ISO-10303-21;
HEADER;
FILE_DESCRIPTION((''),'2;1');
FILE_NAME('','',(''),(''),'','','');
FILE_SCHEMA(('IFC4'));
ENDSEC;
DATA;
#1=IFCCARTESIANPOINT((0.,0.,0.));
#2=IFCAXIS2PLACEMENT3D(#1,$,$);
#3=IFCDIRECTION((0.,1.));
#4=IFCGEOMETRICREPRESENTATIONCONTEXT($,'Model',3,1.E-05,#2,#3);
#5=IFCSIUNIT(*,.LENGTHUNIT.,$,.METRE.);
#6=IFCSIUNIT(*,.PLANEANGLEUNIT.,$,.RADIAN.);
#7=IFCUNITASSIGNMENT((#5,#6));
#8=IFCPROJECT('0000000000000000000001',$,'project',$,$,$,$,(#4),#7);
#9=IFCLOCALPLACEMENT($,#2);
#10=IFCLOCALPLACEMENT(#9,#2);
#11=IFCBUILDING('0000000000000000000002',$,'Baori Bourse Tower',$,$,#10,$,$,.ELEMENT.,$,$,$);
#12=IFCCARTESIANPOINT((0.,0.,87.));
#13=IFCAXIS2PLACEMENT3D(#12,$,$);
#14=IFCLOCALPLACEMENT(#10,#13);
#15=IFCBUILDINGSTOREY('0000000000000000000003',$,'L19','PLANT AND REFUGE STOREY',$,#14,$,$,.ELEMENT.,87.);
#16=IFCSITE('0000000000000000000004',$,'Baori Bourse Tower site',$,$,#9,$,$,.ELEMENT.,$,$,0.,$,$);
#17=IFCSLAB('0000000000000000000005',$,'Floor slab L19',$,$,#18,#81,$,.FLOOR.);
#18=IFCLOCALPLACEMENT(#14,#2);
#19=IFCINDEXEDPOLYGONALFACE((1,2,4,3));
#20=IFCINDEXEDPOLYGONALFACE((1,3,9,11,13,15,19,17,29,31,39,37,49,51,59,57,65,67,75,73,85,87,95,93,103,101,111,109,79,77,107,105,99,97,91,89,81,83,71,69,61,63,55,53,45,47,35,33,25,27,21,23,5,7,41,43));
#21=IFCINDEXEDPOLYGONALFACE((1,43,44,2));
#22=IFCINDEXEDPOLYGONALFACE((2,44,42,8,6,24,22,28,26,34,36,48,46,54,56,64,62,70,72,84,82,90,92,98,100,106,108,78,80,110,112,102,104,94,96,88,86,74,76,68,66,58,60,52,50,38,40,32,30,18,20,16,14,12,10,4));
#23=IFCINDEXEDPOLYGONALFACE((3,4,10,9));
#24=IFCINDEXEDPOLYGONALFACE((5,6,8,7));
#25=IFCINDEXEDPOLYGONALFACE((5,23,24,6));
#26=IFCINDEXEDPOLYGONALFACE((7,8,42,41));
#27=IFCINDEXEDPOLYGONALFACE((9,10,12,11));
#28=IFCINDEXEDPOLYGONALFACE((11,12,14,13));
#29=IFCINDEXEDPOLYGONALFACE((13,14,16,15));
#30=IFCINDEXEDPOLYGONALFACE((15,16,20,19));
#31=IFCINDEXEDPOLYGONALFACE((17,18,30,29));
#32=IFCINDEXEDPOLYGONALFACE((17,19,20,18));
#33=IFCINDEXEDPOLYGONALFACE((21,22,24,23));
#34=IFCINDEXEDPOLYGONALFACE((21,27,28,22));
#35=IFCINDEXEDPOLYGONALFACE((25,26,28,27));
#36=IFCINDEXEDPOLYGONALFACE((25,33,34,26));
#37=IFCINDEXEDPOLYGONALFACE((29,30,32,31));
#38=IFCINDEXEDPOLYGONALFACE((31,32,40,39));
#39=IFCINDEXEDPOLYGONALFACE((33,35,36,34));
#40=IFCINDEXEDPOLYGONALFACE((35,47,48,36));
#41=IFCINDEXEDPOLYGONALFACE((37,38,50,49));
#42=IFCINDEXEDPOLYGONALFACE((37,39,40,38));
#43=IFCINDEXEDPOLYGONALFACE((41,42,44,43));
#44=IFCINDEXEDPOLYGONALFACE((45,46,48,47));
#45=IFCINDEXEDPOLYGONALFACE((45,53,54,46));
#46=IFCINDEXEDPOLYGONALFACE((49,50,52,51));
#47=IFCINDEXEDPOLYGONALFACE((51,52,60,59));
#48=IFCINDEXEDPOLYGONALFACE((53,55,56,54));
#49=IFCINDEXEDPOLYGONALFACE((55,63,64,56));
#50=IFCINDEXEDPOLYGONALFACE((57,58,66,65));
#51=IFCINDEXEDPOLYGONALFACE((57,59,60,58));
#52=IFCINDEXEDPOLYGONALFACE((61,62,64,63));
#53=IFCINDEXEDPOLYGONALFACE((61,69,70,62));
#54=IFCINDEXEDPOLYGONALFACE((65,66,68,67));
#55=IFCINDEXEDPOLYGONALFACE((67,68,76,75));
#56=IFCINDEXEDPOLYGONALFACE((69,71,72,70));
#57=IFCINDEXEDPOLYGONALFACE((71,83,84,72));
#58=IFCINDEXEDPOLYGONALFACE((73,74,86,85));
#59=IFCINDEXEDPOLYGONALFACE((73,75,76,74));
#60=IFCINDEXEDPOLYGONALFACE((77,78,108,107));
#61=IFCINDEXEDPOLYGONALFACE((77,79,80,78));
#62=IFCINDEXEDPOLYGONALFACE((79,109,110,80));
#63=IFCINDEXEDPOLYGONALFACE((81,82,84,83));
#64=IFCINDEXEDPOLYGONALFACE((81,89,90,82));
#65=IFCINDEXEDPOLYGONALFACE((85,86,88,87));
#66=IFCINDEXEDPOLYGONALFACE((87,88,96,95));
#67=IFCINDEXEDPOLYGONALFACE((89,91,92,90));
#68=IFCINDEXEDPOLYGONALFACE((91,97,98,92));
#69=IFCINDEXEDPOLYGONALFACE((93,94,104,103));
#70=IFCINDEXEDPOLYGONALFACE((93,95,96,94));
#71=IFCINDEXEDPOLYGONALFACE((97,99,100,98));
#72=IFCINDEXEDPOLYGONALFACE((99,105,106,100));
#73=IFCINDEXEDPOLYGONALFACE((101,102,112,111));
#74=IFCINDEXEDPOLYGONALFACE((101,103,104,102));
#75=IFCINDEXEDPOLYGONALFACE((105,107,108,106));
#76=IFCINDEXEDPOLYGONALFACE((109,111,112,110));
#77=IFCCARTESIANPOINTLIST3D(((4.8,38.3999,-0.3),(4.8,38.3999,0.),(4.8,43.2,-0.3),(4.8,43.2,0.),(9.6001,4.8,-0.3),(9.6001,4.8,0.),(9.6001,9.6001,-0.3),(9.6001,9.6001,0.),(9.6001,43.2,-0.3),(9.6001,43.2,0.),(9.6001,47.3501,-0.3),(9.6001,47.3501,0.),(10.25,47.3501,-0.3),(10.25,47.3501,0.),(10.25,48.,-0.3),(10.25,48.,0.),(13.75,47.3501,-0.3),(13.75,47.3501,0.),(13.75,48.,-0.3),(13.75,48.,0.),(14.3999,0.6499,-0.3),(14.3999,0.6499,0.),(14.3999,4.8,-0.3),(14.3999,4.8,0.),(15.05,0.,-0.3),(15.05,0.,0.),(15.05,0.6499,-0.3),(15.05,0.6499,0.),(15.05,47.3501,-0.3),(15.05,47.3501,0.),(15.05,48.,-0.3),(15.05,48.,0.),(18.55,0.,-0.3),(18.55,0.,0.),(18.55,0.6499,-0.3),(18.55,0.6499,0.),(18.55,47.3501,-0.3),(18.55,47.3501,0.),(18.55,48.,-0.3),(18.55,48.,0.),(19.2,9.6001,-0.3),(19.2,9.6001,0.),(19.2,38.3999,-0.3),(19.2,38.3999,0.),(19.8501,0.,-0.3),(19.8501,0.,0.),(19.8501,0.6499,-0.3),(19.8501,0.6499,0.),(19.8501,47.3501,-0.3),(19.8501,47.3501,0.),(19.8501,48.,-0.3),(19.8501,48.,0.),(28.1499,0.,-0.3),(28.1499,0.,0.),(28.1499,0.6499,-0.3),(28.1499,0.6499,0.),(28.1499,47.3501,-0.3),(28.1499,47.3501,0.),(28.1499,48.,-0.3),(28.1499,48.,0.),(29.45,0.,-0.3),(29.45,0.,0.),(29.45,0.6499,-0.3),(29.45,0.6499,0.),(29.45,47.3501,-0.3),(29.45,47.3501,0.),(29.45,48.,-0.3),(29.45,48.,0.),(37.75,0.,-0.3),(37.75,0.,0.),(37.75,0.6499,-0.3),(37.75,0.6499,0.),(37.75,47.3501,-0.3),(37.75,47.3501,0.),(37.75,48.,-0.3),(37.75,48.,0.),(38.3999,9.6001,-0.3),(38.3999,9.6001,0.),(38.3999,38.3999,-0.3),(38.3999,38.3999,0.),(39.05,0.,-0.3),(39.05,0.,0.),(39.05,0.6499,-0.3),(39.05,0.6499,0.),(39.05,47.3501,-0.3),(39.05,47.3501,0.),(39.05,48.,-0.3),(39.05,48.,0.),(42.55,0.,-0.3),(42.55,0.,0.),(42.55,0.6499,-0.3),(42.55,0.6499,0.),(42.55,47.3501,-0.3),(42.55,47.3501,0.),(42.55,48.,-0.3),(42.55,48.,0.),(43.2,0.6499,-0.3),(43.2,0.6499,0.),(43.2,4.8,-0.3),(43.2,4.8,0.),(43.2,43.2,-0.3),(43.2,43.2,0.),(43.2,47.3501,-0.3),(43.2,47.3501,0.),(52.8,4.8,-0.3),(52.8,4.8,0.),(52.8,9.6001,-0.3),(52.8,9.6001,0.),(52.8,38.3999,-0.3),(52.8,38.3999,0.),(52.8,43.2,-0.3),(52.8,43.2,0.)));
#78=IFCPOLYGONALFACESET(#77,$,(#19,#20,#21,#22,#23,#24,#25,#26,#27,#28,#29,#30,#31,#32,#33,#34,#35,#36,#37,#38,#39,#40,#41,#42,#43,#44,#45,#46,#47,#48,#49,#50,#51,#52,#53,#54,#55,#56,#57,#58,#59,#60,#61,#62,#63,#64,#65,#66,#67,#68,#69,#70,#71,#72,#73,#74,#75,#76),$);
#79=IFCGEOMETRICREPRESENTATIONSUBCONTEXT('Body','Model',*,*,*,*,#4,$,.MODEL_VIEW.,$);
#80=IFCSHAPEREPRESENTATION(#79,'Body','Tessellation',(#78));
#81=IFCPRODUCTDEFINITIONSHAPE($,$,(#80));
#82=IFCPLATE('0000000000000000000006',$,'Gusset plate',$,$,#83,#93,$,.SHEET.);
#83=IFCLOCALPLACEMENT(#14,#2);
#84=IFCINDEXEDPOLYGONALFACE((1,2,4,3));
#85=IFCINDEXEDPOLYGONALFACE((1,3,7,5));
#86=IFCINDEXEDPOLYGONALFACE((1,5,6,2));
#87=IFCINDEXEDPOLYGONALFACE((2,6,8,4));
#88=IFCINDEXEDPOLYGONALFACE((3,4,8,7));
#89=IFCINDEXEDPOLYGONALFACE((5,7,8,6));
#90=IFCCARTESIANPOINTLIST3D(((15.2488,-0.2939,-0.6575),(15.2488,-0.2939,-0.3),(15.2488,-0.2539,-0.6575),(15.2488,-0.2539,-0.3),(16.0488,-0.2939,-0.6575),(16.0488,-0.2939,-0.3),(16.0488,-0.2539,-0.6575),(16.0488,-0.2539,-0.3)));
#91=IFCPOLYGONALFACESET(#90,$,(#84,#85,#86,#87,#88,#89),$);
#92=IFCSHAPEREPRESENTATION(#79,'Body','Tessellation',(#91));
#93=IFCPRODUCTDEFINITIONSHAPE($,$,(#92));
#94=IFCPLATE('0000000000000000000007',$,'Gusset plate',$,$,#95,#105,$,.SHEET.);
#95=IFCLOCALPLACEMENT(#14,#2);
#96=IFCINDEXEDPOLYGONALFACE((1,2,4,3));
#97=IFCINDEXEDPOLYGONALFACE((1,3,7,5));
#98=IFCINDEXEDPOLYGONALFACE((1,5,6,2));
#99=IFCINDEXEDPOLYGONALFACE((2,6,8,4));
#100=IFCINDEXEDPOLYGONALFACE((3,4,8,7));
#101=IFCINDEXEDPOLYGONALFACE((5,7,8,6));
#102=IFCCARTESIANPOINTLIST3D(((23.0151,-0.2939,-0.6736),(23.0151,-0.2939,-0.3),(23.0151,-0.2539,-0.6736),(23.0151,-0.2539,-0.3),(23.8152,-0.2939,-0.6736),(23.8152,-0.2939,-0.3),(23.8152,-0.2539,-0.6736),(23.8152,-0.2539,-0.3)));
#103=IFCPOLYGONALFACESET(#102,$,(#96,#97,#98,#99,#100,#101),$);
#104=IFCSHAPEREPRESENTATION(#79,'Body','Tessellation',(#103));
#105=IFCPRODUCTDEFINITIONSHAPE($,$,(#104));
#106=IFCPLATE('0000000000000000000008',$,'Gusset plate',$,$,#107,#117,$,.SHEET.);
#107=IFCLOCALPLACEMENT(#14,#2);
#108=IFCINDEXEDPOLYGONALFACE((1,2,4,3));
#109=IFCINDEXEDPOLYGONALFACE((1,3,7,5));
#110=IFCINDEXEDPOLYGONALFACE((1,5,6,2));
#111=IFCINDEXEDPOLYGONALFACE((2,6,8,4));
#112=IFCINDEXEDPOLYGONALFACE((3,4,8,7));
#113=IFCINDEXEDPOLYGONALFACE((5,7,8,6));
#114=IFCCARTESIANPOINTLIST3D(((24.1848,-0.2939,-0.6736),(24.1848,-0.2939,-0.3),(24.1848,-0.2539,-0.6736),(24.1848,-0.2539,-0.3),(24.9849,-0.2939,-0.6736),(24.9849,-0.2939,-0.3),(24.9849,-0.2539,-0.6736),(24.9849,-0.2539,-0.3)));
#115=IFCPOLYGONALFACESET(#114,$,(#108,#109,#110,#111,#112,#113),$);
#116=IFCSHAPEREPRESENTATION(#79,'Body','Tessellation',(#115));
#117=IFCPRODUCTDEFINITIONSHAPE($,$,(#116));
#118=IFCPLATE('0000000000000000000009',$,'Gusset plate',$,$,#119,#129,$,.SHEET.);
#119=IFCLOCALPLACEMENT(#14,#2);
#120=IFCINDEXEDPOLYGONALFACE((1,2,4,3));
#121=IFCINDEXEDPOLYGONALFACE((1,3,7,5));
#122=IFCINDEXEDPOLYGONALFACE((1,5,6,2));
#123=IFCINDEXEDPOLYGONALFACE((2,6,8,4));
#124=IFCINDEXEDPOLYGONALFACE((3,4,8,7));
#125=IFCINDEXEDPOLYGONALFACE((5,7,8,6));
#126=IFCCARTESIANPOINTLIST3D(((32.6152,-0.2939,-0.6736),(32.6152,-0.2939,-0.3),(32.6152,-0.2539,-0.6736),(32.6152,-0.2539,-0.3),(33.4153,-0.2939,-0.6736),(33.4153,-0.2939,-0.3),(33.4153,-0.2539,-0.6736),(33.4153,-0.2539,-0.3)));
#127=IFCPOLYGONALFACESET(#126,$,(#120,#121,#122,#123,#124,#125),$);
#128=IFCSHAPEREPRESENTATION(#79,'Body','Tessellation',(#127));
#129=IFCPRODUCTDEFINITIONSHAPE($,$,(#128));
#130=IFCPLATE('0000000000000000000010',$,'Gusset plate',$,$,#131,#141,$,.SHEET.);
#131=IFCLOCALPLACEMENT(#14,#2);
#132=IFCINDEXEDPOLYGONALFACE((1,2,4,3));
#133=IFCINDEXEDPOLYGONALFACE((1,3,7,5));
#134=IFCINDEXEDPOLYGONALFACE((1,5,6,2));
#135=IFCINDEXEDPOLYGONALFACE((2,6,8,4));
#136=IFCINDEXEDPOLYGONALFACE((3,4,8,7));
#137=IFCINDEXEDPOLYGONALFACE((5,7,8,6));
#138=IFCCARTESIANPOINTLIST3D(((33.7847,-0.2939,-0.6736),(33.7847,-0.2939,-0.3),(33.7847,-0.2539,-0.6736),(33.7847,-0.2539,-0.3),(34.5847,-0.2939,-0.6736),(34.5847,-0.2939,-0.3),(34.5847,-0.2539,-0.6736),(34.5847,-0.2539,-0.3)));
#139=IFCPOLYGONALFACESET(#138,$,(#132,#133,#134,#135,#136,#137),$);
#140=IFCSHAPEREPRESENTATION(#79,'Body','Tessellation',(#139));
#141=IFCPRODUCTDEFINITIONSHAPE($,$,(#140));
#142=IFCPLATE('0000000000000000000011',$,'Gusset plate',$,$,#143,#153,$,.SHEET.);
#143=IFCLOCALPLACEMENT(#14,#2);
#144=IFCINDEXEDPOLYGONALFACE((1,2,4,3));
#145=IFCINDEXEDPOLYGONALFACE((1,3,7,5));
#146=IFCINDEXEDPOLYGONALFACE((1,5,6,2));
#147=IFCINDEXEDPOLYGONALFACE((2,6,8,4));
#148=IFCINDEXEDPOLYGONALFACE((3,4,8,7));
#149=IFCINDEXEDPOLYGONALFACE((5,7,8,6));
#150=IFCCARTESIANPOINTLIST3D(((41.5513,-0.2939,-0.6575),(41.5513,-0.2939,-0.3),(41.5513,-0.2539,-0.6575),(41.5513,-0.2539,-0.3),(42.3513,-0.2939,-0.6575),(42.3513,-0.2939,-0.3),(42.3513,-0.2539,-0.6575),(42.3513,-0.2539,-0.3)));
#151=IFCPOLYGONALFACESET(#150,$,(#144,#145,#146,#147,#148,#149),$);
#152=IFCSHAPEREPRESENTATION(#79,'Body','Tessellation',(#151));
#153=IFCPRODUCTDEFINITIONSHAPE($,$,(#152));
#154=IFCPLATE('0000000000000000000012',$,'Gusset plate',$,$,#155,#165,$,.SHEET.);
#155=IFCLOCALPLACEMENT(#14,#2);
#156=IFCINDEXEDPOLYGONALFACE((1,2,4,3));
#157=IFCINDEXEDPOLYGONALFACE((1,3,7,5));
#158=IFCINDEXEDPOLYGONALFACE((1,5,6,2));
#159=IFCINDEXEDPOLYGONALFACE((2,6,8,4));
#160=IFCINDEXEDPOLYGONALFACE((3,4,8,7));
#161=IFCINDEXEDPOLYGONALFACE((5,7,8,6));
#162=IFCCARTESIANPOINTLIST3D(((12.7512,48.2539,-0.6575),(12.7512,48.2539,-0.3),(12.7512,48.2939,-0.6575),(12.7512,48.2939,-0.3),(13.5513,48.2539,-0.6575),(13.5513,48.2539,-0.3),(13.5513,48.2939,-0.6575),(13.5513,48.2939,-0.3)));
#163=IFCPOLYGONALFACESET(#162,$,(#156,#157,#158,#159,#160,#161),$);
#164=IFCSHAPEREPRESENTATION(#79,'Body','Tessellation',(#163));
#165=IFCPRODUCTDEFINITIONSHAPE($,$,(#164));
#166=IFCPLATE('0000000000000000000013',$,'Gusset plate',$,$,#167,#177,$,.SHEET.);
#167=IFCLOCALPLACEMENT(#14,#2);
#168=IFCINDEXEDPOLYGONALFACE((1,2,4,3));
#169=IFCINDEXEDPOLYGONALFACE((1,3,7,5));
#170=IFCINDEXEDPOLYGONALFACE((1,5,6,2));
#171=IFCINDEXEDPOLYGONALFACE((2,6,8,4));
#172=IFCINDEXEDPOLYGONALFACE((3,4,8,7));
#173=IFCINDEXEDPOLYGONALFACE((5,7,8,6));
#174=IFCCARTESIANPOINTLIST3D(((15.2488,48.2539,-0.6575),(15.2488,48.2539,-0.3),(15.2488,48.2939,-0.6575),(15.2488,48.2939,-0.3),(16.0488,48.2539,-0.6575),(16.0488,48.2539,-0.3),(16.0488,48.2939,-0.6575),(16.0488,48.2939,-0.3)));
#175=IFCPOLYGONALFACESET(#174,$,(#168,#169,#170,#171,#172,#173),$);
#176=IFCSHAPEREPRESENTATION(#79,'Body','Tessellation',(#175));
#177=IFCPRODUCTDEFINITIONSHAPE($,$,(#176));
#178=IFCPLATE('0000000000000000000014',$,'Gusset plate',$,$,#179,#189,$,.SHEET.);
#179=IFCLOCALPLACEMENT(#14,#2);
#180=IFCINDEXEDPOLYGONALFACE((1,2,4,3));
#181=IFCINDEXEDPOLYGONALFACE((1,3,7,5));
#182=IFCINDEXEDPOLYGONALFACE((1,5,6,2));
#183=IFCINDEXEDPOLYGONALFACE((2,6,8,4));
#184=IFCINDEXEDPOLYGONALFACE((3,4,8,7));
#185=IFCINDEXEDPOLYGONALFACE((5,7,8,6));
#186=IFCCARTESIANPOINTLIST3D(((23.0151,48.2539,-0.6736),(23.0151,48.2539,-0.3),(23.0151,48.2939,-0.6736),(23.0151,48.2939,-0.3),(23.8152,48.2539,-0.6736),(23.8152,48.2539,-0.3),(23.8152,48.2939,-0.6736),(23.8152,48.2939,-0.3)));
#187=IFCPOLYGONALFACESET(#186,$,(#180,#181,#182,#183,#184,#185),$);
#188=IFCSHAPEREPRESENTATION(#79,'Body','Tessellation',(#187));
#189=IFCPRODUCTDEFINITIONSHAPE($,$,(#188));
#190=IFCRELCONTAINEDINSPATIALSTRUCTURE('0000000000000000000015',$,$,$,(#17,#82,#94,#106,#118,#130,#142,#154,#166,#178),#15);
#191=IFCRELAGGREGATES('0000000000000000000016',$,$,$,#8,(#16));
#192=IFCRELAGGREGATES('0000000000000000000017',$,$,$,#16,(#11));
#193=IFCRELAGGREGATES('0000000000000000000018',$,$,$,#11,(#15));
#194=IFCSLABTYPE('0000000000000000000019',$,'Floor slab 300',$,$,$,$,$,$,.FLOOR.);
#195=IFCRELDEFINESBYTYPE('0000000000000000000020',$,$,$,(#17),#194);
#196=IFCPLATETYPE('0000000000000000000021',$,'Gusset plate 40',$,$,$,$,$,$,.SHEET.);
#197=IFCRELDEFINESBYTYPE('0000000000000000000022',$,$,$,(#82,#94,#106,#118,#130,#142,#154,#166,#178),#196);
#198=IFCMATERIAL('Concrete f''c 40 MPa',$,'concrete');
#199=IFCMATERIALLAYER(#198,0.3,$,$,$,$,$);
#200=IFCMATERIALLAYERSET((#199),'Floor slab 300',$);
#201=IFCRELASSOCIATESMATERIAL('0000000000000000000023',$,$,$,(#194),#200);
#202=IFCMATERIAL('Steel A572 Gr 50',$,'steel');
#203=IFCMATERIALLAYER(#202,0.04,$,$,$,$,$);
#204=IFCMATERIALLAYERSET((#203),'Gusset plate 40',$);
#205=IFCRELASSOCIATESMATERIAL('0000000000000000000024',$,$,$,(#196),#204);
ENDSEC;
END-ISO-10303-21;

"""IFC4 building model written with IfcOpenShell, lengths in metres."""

from ifc_helpers import new_model, si_unit, direction, frame, origin, place, context, subcontext, project, spatial, polyline, outline, extrude, material, layer, layer_set, type_object, element, save


model = new_model("IFC4")

# Units and contexts
model_context = context("Model", 3, precision=1e-05, world=origin(), true_north=direction((0.0, 1.0)))
body_context = subcontext(model_context, "Body", "Model", "MODEL_VIEW")
ifc_project = project(units=[si_unit("LENGTHUNIT", "METRE"), si_unit("PLANEANGLEUNIT", "RADIAN")], contexts=[model_context])

# Site, building, storey
site_placement = place(None, origin())
site = spatial("IfcSite", under=ifc_project, at=site_placement, Name="Baori Bourse Tower site", CompositionType="ELEMENT", RefElevation=0.0)
building_placement = place(site_placement, origin())
building = spatial("IfcBuilding", under=site, at=building_placement, Name="Baori Bourse Tower", CompositionType="ELEMENT")
storey_placement = place(building_placement, frame((0.0, 0.0, 87.0)))
storey = spatial("IfcBuildingStorey", under=building, at=storey_placement, Name="L19", Description="PLANT AND REFUGE STOREY", CompositionType="ELEMENT", Elevation=87.0)

# Slab
ifc_material_1 = material(Name="Concrete f'c 40 MPa", Category="concrete")
ifc_layer_1 = layer(ifc_material_1, 0.3)
ifc_layer_set_1 = layer_set([ifc_layer_1], Name="Floor slab 300")
slab_type = type_object("IfcSlabType", Name="Floor slab 300", PredefinedType="FLOOR", material=ifc_layer_set_1)
slab_placement = place(storey_placement, frame((0.0, 0.0, -0.3)))
element("IfcSlab", 1, at=slab_placement, inside=storey, type_object=slab_type, Name="Floor slab L19", PredefinedType="FLOOR", context=body_context, shape_type="SweptSolid", body=[
    extrude(outline(polyline([(14.3999, 4.8), (9.6001, 4.8), (9.6001, 9.6001), (19.2, 9.6001), (19.2, 38.3999), (4.8, 38.3999), (4.8, 43.2), (9.6001, 43.2), (9.6001, 47.3501), (10.25, 47.3501), (10.25, 48.0), (13.75, 48.0), (13.75, 47.3501), (15.05, 47.3501), (15.05, 48.0), (18.55, 48.0), (18.55, 47.3501), (19.8501, 47.3501), (19.8501, 48.0), (28.1499, 48.0), (28.1499, 47.3501), (29.45, 47.3501), (29.45, 48.0), (37.75, 48.0), (37.75, 47.3501), (39.05, 47.3501), (39.05, 48.0), (42.55, 48.0), (42.55, 47.3501), (43.2, 47.3501), (43.2, 43.2), (52.8, 43.2), (52.8, 38.3999), (38.3999, 38.3999), (38.3999, 9.6001), (52.8, 9.6001), (52.8, 4.8), (43.2, 4.8), (43.2, 0.6499), (42.55, 0.6499), (42.55, 0.0), (39.05, 0.0), (39.05, 0.6499), (37.75, 0.6499), (37.75, 0.0), (29.45, 0.0), (29.45, 0.6499), (28.1499, 0.6499), (28.1499, 0.0), (19.8501, 0.0), (19.8501, 0.6499), (18.55, 0.6499), (18.55, 0.0), (15.05, 0.0), (15.05, 0.6499), (14.3999, 0.6499), (14.3999, 4.8)])), origin(), (0.0, 0.0, 1.0), 0.3),
])

# Plates
ifc_material_2 = material(Name="Steel A572 Gr 50", Category="steel")
ifc_layer_2 = layer(ifc_material_2, 0.04)
ifc_layer_set_2 = layer_set([ifc_layer_2], Name="Gusset plate 40")
plate_type_1 = type_object("IfcPlateType", Name="Gusset plate 40", PredefinedType="SHEET", material=ifc_layer_set_2)
plate_1_placement = place(storey_placement, frame((0.0, 0.0, -0.6575)))
element("IfcPlate", 2, at=plate_1_placement, inside=storey, type_object=plate_type_1, Name="Gusset plate", PredefinedType="SHEET", context=body_context, shape_type="SweptSolid", body=[
    extrude(outline(polyline([(15.2488, -0.2939), (16.0488, -0.2939), (16.0488, -0.2539), (15.2488, -0.2539), (15.2488, -0.2939)])), origin(), (0.0, 0.0, 1.0), 0.3574),
])
plate_2_placement = place(storey_placement, frame((0.0, 0.0, -0.6736)))
element("IfcPlate", 3, at=plate_2_placement, inside=storey, type_object=plate_type_1, Name="Gusset plate", PredefinedType="SHEET", context=body_context, shape_type="SweptSolid", body=[
    extrude(outline(polyline([(23.0151, -0.2939), (23.8152, -0.2939), (23.8152, -0.2539), (23.0151, -0.2539), (23.0151, -0.2939)])), origin(), (0.0, 0.0, 1.0), 0.3735),
])
plate_3_placement = place(storey_placement, frame((0.0, 0.0, -0.6736)))
element("IfcPlate", 4, at=plate_3_placement, inside=storey, type_object=plate_type_1, Name="Gusset plate", PredefinedType="SHEET", context=body_context, shape_type="SweptSolid", body=[
    extrude(outline(polyline([(24.1848, -0.2939), (24.9849, -0.2939), (24.9849, -0.2539), (24.1848, -0.2539), (24.1848, -0.2939)])), origin(), (0.0, 0.0, 1.0), 0.3735),
])
plate_4_placement = place(storey_placement, frame((0.0, 0.0, -0.6736)))
element("IfcPlate", 5, at=plate_4_placement, inside=storey, type_object=plate_type_1, Name="Gusset plate", PredefinedType="SHEET", context=body_context, shape_type="SweptSolid", body=[
    extrude(outline(polyline([(32.6152, -0.2939), (33.4153, -0.2939), (33.4153, -0.2539), (32.6152, -0.2539), (32.6152, -0.2939)])), origin(), (0.0, 0.0, 1.0), 0.3735),
])
plate_5_placement = place(storey_placement, frame((0.0, 0.0, -0.6736)))
element("IfcPlate", 6, at=plate_5_placement, inside=storey, type_object=plate_type_1, Name="Gusset plate", PredefinedType="SHEET", context=body_context, shape_type="SweptSolid", body=[
    extrude(outline(polyline([(33.7847, -0.2939), (34.5847, -0.2939), (34.5847, -0.2539), (33.7847, -0.2539), (33.7847, -0.2939)])), origin(), (0.0, 0.0, 1.0), 0.3735),
])
plate_6_placement = place(storey_placement, frame((0.0, 0.0, -0.6575)))
element("IfcPlate", 7, at=plate_6_placement, inside=storey, type_object=plate_type_1, Name="Gusset plate", PredefinedType="SHEET", context=body_context, shape_type="SweptSolid", body=[
    extrude(outline(polyline([(41.5513, -0.2939), (42.3513, -0.2939), (42.3513, -0.2539), (41.5513, -0.2539), (41.5513, -0.2939)])), origin(), (0.0, 0.0, 1.0), 0.3574),
])
plate_7_placement = place(storey_placement, frame((0.0, 0.0, -0.6575)))
element("IfcPlate", 8, at=plate_7_placement, inside=storey, type_object=plate_type_1, Name="Gusset plate", PredefinedType="SHEET", context=body_context, shape_type="SweptSolid", body=[
    extrude(outline(polyline([(12.7512, 48.2539), (13.5513, 48.2539), (13.5513, 48.2939), (12.7512, 48.2939), (12.7512, 48.2539)])), origin(), (0.0, 0.0, 1.0), 0.3574),
])
plate_8_placement = place(storey_placement, frame((0.0, 0.0, -0.6575)))
element("IfcPlate", 9, at=plate_8_placement, inside=storey, type_object=plate_type_1, Name="Gusset plate", PredefinedType="SHEET", context=body_context, shape_type="SweptSolid", body=[
    extrude(outline(polyline([(15.2488, 48.2539), (16.0488, 48.2539), (16.0488, 48.2939), (15.2488, 48.2939), (15.2488, 48.2539)])), origin(), (0.0, 0.0, 1.0), 0.3574),
])
plate_9_placement = place(storey_placement, frame((0.0, 0.0, -0.6736)))
element("IfcPlate", 10, at=plate_9_placement, inside=storey, type_object=plate_type_1, Name="Gusset plate", PredefinedType="SHEET", context=body_context, shape_type="SweptSolid", body=[
    extrude(outline(polyline([(23.0151, 48.2539), (23.8152, 48.2539), (23.8152, 48.2939), (23.0151, 48.2939), (23.0151, 48.2539)])), origin(), (0.0, 0.0, 1.0), 0.3735),
])

save(model, "model.ifc")
